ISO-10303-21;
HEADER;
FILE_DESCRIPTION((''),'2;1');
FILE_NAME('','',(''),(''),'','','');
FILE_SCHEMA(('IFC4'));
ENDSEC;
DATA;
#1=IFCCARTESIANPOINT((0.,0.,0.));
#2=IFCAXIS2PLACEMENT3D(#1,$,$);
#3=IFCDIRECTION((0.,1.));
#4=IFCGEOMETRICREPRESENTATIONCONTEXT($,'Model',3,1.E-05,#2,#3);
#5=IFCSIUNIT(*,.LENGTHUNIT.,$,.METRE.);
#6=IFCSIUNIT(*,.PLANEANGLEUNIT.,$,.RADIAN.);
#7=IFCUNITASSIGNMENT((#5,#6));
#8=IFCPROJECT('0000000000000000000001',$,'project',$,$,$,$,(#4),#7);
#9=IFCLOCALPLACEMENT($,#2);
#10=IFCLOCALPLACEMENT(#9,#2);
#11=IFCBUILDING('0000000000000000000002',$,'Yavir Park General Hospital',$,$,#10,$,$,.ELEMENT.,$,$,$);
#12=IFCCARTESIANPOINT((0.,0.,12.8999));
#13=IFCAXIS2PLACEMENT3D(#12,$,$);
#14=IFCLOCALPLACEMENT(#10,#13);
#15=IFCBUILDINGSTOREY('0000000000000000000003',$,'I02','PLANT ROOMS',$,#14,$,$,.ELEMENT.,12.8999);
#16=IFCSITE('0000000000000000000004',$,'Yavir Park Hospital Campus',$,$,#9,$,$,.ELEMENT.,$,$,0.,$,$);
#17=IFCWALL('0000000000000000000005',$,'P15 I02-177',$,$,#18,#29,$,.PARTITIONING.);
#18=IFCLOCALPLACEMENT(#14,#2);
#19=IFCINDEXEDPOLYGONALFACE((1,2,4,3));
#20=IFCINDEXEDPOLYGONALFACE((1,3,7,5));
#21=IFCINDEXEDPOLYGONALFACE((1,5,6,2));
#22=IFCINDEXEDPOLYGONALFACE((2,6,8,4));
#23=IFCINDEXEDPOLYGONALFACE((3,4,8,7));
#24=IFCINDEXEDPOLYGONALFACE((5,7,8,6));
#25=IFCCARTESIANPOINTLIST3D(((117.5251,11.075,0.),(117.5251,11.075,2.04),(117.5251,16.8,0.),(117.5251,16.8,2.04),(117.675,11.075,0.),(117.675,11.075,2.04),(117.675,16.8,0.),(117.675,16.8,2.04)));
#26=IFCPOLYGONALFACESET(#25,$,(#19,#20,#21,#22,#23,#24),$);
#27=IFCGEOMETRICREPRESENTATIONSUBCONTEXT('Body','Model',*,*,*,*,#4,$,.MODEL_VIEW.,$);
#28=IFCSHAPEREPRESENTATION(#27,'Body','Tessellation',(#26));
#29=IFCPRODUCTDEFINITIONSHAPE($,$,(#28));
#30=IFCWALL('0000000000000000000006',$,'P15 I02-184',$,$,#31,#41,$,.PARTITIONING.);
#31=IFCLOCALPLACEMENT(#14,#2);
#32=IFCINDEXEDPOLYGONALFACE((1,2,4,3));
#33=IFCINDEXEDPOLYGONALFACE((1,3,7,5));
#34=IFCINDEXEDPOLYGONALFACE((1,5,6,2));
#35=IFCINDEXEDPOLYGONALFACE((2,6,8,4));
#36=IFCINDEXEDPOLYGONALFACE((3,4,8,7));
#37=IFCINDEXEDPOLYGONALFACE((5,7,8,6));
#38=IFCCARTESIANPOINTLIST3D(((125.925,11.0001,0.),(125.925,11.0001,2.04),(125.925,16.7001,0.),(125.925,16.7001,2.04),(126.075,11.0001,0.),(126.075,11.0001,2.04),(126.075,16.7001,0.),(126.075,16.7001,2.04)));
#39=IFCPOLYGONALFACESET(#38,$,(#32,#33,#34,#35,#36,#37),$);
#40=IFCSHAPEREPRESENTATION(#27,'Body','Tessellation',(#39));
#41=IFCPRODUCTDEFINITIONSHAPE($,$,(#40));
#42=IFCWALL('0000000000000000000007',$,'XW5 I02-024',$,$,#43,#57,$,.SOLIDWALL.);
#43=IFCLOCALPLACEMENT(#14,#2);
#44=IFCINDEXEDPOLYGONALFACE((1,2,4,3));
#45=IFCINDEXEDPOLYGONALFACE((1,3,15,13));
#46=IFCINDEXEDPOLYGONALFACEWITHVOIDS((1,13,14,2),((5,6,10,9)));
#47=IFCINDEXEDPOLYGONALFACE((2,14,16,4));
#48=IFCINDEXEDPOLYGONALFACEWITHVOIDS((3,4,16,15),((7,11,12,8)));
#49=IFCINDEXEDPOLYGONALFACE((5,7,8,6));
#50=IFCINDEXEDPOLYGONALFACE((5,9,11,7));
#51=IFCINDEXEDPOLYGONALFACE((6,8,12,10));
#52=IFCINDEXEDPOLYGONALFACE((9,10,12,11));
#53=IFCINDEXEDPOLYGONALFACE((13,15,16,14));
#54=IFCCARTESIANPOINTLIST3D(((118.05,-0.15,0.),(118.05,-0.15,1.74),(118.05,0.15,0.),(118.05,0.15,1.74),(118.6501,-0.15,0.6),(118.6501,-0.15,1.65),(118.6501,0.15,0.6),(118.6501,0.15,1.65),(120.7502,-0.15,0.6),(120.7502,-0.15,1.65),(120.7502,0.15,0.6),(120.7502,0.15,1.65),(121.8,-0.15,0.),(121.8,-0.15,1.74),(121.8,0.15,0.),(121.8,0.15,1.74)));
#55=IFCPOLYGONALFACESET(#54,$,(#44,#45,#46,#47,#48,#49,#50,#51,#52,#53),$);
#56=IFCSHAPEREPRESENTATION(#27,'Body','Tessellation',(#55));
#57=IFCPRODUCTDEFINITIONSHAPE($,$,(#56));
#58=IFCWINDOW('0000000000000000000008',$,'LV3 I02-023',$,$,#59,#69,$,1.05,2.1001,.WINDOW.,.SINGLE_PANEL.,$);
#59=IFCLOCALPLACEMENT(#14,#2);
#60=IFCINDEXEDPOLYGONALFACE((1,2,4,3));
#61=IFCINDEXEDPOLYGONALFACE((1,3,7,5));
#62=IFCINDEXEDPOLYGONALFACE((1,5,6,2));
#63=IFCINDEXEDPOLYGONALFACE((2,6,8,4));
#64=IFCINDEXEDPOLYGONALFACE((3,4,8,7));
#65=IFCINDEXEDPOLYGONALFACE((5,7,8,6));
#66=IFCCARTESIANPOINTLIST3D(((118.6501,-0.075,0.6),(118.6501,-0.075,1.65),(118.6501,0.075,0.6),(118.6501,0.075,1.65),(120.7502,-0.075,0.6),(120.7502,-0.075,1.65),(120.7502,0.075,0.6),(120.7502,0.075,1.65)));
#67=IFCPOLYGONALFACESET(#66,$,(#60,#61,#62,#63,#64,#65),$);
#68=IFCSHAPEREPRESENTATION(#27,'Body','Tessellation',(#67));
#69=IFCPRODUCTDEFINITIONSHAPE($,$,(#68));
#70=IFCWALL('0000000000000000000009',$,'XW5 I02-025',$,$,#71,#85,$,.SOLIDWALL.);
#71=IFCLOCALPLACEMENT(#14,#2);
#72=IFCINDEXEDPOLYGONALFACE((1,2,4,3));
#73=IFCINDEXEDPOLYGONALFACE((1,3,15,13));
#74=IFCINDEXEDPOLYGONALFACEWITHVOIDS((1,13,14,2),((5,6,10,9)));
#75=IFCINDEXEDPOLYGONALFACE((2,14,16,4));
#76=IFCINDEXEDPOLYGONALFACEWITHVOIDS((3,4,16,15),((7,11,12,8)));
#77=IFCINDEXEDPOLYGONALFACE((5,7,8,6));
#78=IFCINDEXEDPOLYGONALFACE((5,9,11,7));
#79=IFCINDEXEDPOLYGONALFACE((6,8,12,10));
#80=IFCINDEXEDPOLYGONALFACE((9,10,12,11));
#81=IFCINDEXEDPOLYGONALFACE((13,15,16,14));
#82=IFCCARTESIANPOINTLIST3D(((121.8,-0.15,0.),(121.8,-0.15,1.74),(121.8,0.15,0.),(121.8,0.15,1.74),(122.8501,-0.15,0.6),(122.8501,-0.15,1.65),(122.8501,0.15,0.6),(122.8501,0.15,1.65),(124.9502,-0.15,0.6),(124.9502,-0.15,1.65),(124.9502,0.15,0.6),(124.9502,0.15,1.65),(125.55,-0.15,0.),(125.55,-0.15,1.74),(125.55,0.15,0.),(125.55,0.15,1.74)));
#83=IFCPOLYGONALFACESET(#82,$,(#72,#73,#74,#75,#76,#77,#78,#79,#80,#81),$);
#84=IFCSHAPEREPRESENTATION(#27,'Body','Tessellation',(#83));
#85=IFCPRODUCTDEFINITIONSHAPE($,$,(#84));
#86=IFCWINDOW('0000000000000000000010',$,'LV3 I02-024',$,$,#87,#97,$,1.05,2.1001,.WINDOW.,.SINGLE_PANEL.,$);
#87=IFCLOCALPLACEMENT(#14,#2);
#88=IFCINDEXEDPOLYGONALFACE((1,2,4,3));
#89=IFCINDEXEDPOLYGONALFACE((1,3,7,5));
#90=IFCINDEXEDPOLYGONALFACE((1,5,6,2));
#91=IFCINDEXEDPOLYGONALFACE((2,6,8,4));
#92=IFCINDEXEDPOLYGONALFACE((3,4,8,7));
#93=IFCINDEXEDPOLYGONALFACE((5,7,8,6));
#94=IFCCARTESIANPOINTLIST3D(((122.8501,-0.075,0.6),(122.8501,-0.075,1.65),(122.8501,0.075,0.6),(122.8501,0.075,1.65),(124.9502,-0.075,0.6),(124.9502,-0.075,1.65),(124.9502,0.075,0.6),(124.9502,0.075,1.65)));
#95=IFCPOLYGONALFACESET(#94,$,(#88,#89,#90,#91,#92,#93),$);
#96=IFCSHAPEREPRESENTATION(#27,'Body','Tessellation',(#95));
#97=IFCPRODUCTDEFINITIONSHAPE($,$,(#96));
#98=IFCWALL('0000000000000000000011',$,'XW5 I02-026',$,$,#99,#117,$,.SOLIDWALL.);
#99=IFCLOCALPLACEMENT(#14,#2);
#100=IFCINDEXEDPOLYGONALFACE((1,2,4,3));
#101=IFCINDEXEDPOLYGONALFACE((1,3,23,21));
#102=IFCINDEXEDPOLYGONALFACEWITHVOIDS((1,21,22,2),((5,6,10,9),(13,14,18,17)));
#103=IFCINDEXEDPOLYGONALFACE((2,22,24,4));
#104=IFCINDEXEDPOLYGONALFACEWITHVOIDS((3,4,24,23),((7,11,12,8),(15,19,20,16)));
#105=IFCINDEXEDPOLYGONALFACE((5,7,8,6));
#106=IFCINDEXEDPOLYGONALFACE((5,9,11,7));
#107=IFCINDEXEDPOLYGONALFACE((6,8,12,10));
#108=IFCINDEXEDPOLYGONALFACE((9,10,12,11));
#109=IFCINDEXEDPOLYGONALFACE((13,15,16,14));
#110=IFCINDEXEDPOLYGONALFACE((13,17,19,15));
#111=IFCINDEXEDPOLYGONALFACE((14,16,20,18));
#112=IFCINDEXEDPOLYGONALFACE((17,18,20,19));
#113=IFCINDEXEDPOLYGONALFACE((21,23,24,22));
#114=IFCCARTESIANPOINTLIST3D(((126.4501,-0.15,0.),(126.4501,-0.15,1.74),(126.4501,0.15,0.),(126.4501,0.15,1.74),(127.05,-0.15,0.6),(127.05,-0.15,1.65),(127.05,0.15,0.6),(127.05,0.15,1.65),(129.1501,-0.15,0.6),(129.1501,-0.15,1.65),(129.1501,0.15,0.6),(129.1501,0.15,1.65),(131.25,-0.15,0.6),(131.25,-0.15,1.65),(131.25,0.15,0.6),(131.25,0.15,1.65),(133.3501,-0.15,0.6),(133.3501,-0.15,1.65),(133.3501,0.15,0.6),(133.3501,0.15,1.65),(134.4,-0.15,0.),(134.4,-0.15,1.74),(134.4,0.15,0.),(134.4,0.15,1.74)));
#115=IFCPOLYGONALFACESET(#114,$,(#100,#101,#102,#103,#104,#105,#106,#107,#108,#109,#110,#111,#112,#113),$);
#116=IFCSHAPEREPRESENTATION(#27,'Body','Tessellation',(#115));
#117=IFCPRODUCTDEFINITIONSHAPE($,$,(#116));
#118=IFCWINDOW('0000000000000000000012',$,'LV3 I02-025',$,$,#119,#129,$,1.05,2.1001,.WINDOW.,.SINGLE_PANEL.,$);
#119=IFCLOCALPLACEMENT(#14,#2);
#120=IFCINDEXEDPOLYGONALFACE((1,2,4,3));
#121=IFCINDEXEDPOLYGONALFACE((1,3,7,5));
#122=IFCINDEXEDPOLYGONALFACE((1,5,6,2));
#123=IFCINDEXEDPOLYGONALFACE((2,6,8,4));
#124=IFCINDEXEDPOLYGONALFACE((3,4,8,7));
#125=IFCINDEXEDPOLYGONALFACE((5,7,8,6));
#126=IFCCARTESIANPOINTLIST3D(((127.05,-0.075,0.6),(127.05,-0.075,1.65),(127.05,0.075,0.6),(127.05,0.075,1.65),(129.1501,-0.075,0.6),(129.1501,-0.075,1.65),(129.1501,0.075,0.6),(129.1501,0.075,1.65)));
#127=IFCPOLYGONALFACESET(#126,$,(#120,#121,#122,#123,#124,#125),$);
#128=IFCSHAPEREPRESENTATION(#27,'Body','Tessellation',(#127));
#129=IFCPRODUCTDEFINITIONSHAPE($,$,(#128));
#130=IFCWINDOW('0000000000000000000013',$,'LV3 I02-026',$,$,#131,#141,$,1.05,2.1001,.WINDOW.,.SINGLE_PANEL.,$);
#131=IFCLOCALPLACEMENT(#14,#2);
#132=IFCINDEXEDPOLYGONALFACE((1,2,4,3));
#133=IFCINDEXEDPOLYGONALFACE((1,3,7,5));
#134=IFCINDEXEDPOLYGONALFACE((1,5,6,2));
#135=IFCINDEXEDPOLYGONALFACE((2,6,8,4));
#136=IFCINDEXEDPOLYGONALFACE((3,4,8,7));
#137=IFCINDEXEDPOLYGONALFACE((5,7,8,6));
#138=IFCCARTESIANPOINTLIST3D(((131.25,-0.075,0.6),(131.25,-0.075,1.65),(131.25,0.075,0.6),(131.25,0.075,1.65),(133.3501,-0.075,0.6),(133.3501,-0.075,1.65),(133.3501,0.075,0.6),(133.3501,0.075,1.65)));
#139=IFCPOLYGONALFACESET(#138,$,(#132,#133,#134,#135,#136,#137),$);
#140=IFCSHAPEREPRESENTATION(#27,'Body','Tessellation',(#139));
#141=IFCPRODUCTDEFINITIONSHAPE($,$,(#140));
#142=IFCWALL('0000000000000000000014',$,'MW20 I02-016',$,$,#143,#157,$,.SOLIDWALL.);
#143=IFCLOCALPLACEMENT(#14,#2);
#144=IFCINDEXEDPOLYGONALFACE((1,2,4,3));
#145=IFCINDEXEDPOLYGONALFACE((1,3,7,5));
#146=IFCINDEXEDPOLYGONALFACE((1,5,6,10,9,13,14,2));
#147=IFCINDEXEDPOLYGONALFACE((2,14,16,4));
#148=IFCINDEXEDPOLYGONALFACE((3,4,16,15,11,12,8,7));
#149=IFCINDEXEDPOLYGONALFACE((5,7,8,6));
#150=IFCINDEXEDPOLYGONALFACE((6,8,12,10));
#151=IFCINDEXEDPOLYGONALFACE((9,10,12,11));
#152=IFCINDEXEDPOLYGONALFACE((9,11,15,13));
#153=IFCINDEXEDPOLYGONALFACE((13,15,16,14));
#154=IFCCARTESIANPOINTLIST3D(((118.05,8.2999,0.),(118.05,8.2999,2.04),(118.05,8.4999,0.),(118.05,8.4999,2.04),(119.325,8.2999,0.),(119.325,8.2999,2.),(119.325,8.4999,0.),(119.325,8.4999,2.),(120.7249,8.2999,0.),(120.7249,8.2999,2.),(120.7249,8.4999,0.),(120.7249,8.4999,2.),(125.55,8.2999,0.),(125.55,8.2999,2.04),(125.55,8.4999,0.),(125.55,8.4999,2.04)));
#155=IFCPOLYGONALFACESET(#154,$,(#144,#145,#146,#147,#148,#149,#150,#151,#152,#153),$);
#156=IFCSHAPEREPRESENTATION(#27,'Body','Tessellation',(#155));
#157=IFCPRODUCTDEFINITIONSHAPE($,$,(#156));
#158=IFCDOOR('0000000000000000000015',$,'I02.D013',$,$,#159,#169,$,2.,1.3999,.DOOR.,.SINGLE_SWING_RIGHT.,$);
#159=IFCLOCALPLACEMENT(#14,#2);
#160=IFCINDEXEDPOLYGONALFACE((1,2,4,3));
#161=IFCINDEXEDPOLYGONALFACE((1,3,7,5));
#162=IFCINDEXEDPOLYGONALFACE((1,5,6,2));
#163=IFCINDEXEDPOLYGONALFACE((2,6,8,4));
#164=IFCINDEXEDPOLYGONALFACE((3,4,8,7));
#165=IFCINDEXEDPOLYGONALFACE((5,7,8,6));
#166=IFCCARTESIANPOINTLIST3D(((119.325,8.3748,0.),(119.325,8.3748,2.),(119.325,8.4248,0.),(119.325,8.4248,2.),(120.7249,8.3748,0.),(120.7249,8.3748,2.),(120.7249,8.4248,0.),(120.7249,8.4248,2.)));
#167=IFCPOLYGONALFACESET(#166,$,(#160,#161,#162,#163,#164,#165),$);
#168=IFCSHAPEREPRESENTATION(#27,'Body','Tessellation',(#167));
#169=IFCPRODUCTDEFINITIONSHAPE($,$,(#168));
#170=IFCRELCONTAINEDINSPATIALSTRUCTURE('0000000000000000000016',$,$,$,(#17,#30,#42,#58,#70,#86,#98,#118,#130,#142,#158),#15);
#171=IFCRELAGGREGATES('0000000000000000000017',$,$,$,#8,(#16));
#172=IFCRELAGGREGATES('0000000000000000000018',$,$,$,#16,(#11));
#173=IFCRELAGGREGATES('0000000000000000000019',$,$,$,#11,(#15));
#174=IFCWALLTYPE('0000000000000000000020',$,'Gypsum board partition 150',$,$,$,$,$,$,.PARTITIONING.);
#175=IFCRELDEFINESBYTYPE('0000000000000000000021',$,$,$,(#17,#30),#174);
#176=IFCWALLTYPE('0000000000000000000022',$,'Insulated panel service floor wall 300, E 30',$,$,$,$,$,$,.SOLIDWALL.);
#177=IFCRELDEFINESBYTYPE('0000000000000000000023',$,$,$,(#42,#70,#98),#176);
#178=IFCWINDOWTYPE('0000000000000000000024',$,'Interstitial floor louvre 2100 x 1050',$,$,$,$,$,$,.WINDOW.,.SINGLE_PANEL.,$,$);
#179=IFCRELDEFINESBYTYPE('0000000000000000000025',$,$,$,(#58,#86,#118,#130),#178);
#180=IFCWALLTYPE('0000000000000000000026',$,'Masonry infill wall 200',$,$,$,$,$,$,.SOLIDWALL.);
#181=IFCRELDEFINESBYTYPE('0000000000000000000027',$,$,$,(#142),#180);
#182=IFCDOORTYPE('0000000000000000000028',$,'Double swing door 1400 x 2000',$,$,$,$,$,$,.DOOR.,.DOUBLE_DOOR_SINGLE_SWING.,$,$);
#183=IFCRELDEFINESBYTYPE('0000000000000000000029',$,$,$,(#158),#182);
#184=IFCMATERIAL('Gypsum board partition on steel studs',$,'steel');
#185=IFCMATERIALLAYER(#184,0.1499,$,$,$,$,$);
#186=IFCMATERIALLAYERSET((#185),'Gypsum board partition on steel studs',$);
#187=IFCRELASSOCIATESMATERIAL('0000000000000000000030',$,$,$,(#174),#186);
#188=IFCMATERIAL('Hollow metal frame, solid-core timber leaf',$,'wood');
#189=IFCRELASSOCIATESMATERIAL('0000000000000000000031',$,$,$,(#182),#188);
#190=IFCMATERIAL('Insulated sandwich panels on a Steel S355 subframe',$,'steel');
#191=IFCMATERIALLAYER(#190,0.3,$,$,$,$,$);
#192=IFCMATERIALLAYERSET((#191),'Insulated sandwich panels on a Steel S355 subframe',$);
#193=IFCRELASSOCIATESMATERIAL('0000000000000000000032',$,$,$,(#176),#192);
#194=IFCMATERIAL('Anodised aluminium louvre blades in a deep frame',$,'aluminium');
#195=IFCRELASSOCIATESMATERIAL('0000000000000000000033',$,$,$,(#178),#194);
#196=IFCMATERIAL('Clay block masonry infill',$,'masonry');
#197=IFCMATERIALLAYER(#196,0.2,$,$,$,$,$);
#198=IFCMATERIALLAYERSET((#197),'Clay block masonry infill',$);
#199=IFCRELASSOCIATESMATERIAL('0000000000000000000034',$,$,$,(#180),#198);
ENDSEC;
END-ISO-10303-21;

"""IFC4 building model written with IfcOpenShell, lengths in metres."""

from ifc_helpers import new_model, si_unit, direction, frame, frame_2d, origin, place, context, subcontext, project, spatial, rectangle, extrude, material, layer, layer_set, type_object, element, fill, save


model = new_model("IFC4")

# Units and contexts
model_context = context("Model", 3, precision=1e-05, world=origin(), true_north=direction((0.0, 1.0)))
body_context = subcontext(model_context, "Body", "Model", "MODEL_VIEW")
ifc_project = project(units=[si_unit("LENGTHUNIT", "METRE"), si_unit("PLANEANGLEUNIT", "RADIAN")], contexts=[model_context])

# Site, building, storey
site_placement = place(None, origin())
site = spatial("IfcSite", under=ifc_project, at=site_placement, Name="Yavir Park Hospital Campus", CompositionType="ELEMENT", RefElevation=0.0)
building_placement = place(site_placement, origin())
building = spatial("IfcBuilding", under=site, at=building_placement, Name="Yavir Park General Hospital", CompositionType="ELEMENT")
storey_placement = place(building_placement, frame((0.0, 0.0, 12.8999)))
storey = spatial("IfcBuildingStorey", under=building, at=storey_placement, Name="I02", Description="PLANT ROOMS", CompositionType="ELEMENT", Elevation=12.8999)

# Shared definitions
ifc_material_1 = material(Name="Gypsum board partition on steel studs", Category="steel")
ifc_layer_1 = layer(ifc_material_1, 0.1499)
ifc_layer_set_1 = layer_set([ifc_layer_1], Name="Gypsum board partition on steel studs")
wall_type_1 = type_object("IfcWallType", Name="Gypsum board partition 150", PredefinedType="PARTITIONING", material=ifc_layer_set_1)
ifc_material_2 = material(Name="Hollow metal frame, solid-core timber leaf", Category="wood")
door_type_1 = type_object("IfcDoorType", Name="Double swing door 1400 x 2000", OperationType="DOUBLE_DOOR_SINGLE_SWING", PredefinedType="DOOR", material=ifc_material_2)

# Walls
wall_1_placement = place(storey_placement, frame((117.6001, 11.075, 0.0), z_axis=(0.0, 0.0, 1.0), x_axis=(0.0, 1.0, 0.0)))
element("IfcWall", 1, at=wall_1_placement, inside=storey, type_object=wall_type_1, Name="P15 I02-177", PredefinedType="PARTITIONING", context=body_context, shape_type="SweptSolid", body=[
    extrude(rectangle(XDim=5.7251, YDim=0.1499, at=frame_2d((2.8625, 0.0))), origin(), (0.0, 0.0, 1.0), 2.04),
])
wall_2_placement = place(storey_placement, frame((126.0, 11.0, 0.0), z_axis=(0.0, 0.0, 1.0), x_axis=(0.0, 1.0, 0.0)))
element("IfcWall", 2, at=wall_2_placement, inside=storey, type_object=wall_type_1, Name="P15 I02-184", PredefinedType="PARTITIONING", context=body_context, shape_type="SweptSolid", body=[
    extrude(rectangle(XDim=5.7, YDim=0.1499, at=frame_2d((2.8501, 0.0))), origin(), (0.0, 0.0, 1.0), 2.04),
])

# Walls, openings, windows
ifc_material_3 = material(Name="Insulated sandwich panels on a Steel S355 subframe", Category="steel")
ifc_layer_2 = layer(ifc_material_3, 0.3)
ifc_layer_set_2 = layer_set([ifc_layer_2], Name="Insulated sandwich panels on a Steel S355 subframe")
wall_type_2 = type_object("IfcWallType", Name="Insulated panel service floor wall 300, E 30", PredefinedType="SOLIDWALL", material=ifc_layer_set_2)
wall_3_placement = place(storey_placement, frame((118.05, 0.0, 0.0), z_axis=(0.0, 0.0, 1.0), x_axis=(1.0, 0.0, 0.0)))
wall_3 = element("IfcWall", 3, at=wall_3_placement, inside=storey, type_object=wall_type_2, Name="XW5 I02-024", PredefinedType="SOLIDWALL", context=body_context, shape_type="SweptSolid", body=[
    extrude(rectangle(XDim=3.75, YDim=0.3, at=frame_2d((1.875, 0.0))), origin(), (0.0, 0.0, 1.0), 1.74),
])
opening_1_placement = place(wall_3_placement, frame((0.6001, 0.0, 0.6001)))
opening_1 = element("IfcOpeningElement", 4, at=opening_1_placement, cuts=wall_3, PredefinedType="OPENING", context=body_context, shape_type="SweptSolid", body=[
    extrude(rectangle(XDim=2.1001, YDim=1.05, at=frame_2d((1.05, 0.5249))), frame((0.0, 0.1599, 0.0), z_axis=(0.0, -1.0, 0.0), x_axis=(1.0, 0.0, 0.0)), (0.0, 0.0, 1.0), 0.3201),
])
ifc_material_4 = material(Name="Anodised aluminium louvre blades in a deep frame", Category="aluminium")
window_type = type_object("IfcWindowType", Name="Interstitial floor louvre 2100 x 1050", PartitioningType="SINGLE_PANEL", PredefinedType="WINDOW", material=ifc_material_4)
window_1_placement = place(opening_1_placement, origin())
window_1 = element("IfcWindow", 5, at=window_1_placement, inside=storey, type_object=window_type, Name="LV3 I02-023", OverallHeight=1.05, OverallWidth=2.1001, PartitioningType="SINGLE_PANEL", PredefinedType="WINDOW", context=body_context, shape_type="SweptSolid", body=[
    extrude(rectangle(XDim=2.1001, YDim=1.05, at=frame_2d((1.05, 0.5249))), frame((0.0, 0.075, 0.0), z_axis=(0.0, -1.0, 0.0), x_axis=(1.0, 0.0, 0.0)), (0.0, 0.0, 1.0), 0.1499),
])
fill(opening_1, window_1)
wall_4_placement = place(storey_placement, frame((121.8, 0.0, 0.0), z_axis=(0.0, 0.0, 1.0), x_axis=(1.0, 0.0, 0.0)))
wall_4 = element("IfcWall", 6, at=wall_4_placement, inside=storey, type_object=wall_type_2, Name="XW5 I02-025", PredefinedType="SOLIDWALL", context=body_context, shape_type="SweptSolid", body=[
    extrude(rectangle(XDim=3.75, YDim=0.3, at=frame_2d((1.875, 0.0))), origin(), (0.0, 0.0, 1.0), 1.74),
])
opening_2_placement = place(wall_4_placement, frame((1.05, 0.0, 0.6001)))
opening_2 = element("IfcOpeningElement", 7, at=opening_2_placement, cuts=wall_4, PredefinedType="OPENING", context=body_context, shape_type="SweptSolid", body=[
    extrude(rectangle(XDim=2.1001, YDim=1.05, at=frame_2d((1.05, 0.5249))), frame((0.0, 0.1599, 0.0), z_axis=(0.0, -1.0, 0.0), x_axis=(1.0, 0.0, 0.0)), (0.0, 0.0, 1.0), 0.3201),
])
window_2_placement = place(opening_2_placement, origin())
window_2 = element("IfcWindow", 8, at=window_2_placement, inside=storey, type_object=window_type, Name="LV3 I02-024", OverallHeight=1.05, OverallWidth=2.1001, PartitioningType="SINGLE_PANEL", PredefinedType="WINDOW", context=body_context, shape_type="SweptSolid", body=[
    extrude(rectangle(XDim=2.1001, YDim=1.05, at=frame_2d((1.05, 0.5249))), frame((0.0, 0.075, 0.0), z_axis=(0.0, -1.0, 0.0), x_axis=(1.0, 0.0, 0.0)), (0.0, 0.0, 1.0), 0.1499),
])
fill(opening_2, window_2)

# Wall, openings, windows
wall_5_placement = place(storey_placement, frame((126.45, 0.0, 0.0), z_axis=(0.0, 0.0, 1.0), x_axis=(1.0, 0.0, 0.0)))
wall_5 = element("IfcWall", 9, at=wall_5_placement, inside=storey, type_object=wall_type_2, Name="XW5 I02-026", PredefinedType="SOLIDWALL", context=body_context, shape_type="SweptSolid", body=[
    extrude(rectangle(XDim=7.95, YDim=0.3, at=frame_2d((3.9751, 0.0))), origin(), (0.0, 0.0, 1.0), 1.74),
])
opening_3_placement = place(wall_5_placement, frame((0.6001, 0.0, 0.6001)))
opening_3 = element("IfcOpeningElement", 10, at=opening_3_placement, cuts=wall_5, PredefinedType="OPENING", context=body_context, shape_type="SweptSolid", body=[
    extrude(rectangle(XDim=2.1001, YDim=1.05, at=frame_2d((1.05, 0.5249))), frame((0.0, 0.1599, 0.0), z_axis=(0.0, -1.0, 0.0), x_axis=(1.0, 0.0, 0.0)), (0.0, 0.0, 1.0), 0.3201),
])
opening_4_placement = place(wall_5_placement, frame((4.8, 0.0, 0.6001)))
opening_4 = element("IfcOpeningElement", 11, at=opening_4_placement, cuts=wall_5, PredefinedType="OPENING", context=body_context, shape_type="SweptSolid", body=[
    extrude(rectangle(XDim=2.1001, YDim=1.05, at=frame_2d((1.05, 0.5249))), frame((0.0, 0.1599, 0.0), z_axis=(0.0, -1.0, 0.0), x_axis=(1.0, 0.0, 0.0)), (0.0, 0.0, 1.0), 0.3201),
])
window_3_placement = place(opening_3_placement, origin())
window_3 = element("IfcWindow", 12, at=window_3_placement, inside=storey, type_object=window_type, Name="LV3 I02-025", OverallHeight=1.05, OverallWidth=2.1001, PartitioningType="SINGLE_PANEL", PredefinedType="WINDOW", context=body_context, shape_type="SweptSolid", body=[
    extrude(rectangle(XDim=2.1001, YDim=1.05, at=frame_2d((1.05, 0.5249))), frame((0.0, 0.075, 0.0), z_axis=(0.0, -1.0, 0.0), x_axis=(1.0, 0.0, 0.0)), (0.0, 0.0, 1.0), 0.1499),
])
fill(opening_3, window_3)
window_4_placement = place(opening_4_placement, origin())
window_4 = element("IfcWindow", 13, at=window_4_placement, inside=storey, type_object=window_type, Name="LV3 I02-026", OverallHeight=1.05, OverallWidth=2.1001, PartitioningType="SINGLE_PANEL", PredefinedType="WINDOW", context=body_context, shape_type="SweptSolid", body=[
    extrude(rectangle(XDim=2.1001, YDim=1.05, at=frame_2d((1.05, 0.5249))), frame((0.0, 0.075, 0.0), z_axis=(0.0, -1.0, 0.0), x_axis=(1.0, 0.0, 0.0)), (0.0, 0.0, 1.0), 0.1499),
])
fill(opening_4, window_4)

# Wall, opening, door
ifc_material_5 = material(Name="Clay block masonry infill", Category="masonry")
ifc_layer_3 = layer(ifc_material_5, 0.2)
ifc_layer_set_3 = layer_set([ifc_layer_3], Name="Clay block masonry infill")
wall_type_3 = type_object("IfcWallType", Name="Masonry infill wall 200", PredefinedType="SOLIDWALL", material=ifc_layer_set_3)
wall_6_placement = place(storey_placement, frame((118.05, 8.3999, 0.0), z_axis=(0.0, 0.0, 1.0), x_axis=(1.0, 0.0, 0.0)))
wall_6 = element("IfcWall", 14, at=wall_6_placement, inside=storey, type_object=wall_type_3, Name="MW20 I02-016", PredefinedType="SOLIDWALL", context=body_context, shape_type="SweptSolid", body=[
    extrude(rectangle(XDim=7.5, YDim=0.2, at=frame_2d((3.75, 0.0))), origin(), (0.0, 0.0, 1.0), 2.04),
])
opening_5_placement = place(wall_6_placement, frame((1.2749, 0.0, 0.0)))
opening_5 = element("IfcOpeningElement", 15, at=opening_5_placement, cuts=wall_6, PredefinedType="OPENING", context=body_context, shape_type="SweptSolid", body=[
    extrude(rectangle(XDim=1.3999, YDim=2.0, at=frame_2d((0.7, 1.0))), frame((0.0, 0.1099, 0.0), z_axis=(0.0, -1.0, 0.0), x_axis=(1.0, 0.0, 0.0)), (0.0, 0.0, 1.0), 0.22),
])
door_1_placement = place(opening_5_placement, origin())
door_1 = element("IfcDoor", 16, at=door_1_placement, inside=storey, type_object=door_type_1, Name="I02.D013", OperationType="SINGLE_SWING_RIGHT", OverallHeight=2.0, OverallWidth=1.3999, PredefinedType="DOOR", context=body_context, shape_type="SweptSolid", body=[
    extrude(rectangle(XDim=1.3999, YDim=2.0, at=frame_2d((0.7, 1.0))), frame((0.0, 0.0249, 0.0), z_axis=(0.0, -1.0, 0.0), x_axis=(1.0, 0.0, 0.0)), (0.0, 0.0, 1.0), 0.05),
])
fill(opening_5, door_1)

save(model, "model.ifc")
